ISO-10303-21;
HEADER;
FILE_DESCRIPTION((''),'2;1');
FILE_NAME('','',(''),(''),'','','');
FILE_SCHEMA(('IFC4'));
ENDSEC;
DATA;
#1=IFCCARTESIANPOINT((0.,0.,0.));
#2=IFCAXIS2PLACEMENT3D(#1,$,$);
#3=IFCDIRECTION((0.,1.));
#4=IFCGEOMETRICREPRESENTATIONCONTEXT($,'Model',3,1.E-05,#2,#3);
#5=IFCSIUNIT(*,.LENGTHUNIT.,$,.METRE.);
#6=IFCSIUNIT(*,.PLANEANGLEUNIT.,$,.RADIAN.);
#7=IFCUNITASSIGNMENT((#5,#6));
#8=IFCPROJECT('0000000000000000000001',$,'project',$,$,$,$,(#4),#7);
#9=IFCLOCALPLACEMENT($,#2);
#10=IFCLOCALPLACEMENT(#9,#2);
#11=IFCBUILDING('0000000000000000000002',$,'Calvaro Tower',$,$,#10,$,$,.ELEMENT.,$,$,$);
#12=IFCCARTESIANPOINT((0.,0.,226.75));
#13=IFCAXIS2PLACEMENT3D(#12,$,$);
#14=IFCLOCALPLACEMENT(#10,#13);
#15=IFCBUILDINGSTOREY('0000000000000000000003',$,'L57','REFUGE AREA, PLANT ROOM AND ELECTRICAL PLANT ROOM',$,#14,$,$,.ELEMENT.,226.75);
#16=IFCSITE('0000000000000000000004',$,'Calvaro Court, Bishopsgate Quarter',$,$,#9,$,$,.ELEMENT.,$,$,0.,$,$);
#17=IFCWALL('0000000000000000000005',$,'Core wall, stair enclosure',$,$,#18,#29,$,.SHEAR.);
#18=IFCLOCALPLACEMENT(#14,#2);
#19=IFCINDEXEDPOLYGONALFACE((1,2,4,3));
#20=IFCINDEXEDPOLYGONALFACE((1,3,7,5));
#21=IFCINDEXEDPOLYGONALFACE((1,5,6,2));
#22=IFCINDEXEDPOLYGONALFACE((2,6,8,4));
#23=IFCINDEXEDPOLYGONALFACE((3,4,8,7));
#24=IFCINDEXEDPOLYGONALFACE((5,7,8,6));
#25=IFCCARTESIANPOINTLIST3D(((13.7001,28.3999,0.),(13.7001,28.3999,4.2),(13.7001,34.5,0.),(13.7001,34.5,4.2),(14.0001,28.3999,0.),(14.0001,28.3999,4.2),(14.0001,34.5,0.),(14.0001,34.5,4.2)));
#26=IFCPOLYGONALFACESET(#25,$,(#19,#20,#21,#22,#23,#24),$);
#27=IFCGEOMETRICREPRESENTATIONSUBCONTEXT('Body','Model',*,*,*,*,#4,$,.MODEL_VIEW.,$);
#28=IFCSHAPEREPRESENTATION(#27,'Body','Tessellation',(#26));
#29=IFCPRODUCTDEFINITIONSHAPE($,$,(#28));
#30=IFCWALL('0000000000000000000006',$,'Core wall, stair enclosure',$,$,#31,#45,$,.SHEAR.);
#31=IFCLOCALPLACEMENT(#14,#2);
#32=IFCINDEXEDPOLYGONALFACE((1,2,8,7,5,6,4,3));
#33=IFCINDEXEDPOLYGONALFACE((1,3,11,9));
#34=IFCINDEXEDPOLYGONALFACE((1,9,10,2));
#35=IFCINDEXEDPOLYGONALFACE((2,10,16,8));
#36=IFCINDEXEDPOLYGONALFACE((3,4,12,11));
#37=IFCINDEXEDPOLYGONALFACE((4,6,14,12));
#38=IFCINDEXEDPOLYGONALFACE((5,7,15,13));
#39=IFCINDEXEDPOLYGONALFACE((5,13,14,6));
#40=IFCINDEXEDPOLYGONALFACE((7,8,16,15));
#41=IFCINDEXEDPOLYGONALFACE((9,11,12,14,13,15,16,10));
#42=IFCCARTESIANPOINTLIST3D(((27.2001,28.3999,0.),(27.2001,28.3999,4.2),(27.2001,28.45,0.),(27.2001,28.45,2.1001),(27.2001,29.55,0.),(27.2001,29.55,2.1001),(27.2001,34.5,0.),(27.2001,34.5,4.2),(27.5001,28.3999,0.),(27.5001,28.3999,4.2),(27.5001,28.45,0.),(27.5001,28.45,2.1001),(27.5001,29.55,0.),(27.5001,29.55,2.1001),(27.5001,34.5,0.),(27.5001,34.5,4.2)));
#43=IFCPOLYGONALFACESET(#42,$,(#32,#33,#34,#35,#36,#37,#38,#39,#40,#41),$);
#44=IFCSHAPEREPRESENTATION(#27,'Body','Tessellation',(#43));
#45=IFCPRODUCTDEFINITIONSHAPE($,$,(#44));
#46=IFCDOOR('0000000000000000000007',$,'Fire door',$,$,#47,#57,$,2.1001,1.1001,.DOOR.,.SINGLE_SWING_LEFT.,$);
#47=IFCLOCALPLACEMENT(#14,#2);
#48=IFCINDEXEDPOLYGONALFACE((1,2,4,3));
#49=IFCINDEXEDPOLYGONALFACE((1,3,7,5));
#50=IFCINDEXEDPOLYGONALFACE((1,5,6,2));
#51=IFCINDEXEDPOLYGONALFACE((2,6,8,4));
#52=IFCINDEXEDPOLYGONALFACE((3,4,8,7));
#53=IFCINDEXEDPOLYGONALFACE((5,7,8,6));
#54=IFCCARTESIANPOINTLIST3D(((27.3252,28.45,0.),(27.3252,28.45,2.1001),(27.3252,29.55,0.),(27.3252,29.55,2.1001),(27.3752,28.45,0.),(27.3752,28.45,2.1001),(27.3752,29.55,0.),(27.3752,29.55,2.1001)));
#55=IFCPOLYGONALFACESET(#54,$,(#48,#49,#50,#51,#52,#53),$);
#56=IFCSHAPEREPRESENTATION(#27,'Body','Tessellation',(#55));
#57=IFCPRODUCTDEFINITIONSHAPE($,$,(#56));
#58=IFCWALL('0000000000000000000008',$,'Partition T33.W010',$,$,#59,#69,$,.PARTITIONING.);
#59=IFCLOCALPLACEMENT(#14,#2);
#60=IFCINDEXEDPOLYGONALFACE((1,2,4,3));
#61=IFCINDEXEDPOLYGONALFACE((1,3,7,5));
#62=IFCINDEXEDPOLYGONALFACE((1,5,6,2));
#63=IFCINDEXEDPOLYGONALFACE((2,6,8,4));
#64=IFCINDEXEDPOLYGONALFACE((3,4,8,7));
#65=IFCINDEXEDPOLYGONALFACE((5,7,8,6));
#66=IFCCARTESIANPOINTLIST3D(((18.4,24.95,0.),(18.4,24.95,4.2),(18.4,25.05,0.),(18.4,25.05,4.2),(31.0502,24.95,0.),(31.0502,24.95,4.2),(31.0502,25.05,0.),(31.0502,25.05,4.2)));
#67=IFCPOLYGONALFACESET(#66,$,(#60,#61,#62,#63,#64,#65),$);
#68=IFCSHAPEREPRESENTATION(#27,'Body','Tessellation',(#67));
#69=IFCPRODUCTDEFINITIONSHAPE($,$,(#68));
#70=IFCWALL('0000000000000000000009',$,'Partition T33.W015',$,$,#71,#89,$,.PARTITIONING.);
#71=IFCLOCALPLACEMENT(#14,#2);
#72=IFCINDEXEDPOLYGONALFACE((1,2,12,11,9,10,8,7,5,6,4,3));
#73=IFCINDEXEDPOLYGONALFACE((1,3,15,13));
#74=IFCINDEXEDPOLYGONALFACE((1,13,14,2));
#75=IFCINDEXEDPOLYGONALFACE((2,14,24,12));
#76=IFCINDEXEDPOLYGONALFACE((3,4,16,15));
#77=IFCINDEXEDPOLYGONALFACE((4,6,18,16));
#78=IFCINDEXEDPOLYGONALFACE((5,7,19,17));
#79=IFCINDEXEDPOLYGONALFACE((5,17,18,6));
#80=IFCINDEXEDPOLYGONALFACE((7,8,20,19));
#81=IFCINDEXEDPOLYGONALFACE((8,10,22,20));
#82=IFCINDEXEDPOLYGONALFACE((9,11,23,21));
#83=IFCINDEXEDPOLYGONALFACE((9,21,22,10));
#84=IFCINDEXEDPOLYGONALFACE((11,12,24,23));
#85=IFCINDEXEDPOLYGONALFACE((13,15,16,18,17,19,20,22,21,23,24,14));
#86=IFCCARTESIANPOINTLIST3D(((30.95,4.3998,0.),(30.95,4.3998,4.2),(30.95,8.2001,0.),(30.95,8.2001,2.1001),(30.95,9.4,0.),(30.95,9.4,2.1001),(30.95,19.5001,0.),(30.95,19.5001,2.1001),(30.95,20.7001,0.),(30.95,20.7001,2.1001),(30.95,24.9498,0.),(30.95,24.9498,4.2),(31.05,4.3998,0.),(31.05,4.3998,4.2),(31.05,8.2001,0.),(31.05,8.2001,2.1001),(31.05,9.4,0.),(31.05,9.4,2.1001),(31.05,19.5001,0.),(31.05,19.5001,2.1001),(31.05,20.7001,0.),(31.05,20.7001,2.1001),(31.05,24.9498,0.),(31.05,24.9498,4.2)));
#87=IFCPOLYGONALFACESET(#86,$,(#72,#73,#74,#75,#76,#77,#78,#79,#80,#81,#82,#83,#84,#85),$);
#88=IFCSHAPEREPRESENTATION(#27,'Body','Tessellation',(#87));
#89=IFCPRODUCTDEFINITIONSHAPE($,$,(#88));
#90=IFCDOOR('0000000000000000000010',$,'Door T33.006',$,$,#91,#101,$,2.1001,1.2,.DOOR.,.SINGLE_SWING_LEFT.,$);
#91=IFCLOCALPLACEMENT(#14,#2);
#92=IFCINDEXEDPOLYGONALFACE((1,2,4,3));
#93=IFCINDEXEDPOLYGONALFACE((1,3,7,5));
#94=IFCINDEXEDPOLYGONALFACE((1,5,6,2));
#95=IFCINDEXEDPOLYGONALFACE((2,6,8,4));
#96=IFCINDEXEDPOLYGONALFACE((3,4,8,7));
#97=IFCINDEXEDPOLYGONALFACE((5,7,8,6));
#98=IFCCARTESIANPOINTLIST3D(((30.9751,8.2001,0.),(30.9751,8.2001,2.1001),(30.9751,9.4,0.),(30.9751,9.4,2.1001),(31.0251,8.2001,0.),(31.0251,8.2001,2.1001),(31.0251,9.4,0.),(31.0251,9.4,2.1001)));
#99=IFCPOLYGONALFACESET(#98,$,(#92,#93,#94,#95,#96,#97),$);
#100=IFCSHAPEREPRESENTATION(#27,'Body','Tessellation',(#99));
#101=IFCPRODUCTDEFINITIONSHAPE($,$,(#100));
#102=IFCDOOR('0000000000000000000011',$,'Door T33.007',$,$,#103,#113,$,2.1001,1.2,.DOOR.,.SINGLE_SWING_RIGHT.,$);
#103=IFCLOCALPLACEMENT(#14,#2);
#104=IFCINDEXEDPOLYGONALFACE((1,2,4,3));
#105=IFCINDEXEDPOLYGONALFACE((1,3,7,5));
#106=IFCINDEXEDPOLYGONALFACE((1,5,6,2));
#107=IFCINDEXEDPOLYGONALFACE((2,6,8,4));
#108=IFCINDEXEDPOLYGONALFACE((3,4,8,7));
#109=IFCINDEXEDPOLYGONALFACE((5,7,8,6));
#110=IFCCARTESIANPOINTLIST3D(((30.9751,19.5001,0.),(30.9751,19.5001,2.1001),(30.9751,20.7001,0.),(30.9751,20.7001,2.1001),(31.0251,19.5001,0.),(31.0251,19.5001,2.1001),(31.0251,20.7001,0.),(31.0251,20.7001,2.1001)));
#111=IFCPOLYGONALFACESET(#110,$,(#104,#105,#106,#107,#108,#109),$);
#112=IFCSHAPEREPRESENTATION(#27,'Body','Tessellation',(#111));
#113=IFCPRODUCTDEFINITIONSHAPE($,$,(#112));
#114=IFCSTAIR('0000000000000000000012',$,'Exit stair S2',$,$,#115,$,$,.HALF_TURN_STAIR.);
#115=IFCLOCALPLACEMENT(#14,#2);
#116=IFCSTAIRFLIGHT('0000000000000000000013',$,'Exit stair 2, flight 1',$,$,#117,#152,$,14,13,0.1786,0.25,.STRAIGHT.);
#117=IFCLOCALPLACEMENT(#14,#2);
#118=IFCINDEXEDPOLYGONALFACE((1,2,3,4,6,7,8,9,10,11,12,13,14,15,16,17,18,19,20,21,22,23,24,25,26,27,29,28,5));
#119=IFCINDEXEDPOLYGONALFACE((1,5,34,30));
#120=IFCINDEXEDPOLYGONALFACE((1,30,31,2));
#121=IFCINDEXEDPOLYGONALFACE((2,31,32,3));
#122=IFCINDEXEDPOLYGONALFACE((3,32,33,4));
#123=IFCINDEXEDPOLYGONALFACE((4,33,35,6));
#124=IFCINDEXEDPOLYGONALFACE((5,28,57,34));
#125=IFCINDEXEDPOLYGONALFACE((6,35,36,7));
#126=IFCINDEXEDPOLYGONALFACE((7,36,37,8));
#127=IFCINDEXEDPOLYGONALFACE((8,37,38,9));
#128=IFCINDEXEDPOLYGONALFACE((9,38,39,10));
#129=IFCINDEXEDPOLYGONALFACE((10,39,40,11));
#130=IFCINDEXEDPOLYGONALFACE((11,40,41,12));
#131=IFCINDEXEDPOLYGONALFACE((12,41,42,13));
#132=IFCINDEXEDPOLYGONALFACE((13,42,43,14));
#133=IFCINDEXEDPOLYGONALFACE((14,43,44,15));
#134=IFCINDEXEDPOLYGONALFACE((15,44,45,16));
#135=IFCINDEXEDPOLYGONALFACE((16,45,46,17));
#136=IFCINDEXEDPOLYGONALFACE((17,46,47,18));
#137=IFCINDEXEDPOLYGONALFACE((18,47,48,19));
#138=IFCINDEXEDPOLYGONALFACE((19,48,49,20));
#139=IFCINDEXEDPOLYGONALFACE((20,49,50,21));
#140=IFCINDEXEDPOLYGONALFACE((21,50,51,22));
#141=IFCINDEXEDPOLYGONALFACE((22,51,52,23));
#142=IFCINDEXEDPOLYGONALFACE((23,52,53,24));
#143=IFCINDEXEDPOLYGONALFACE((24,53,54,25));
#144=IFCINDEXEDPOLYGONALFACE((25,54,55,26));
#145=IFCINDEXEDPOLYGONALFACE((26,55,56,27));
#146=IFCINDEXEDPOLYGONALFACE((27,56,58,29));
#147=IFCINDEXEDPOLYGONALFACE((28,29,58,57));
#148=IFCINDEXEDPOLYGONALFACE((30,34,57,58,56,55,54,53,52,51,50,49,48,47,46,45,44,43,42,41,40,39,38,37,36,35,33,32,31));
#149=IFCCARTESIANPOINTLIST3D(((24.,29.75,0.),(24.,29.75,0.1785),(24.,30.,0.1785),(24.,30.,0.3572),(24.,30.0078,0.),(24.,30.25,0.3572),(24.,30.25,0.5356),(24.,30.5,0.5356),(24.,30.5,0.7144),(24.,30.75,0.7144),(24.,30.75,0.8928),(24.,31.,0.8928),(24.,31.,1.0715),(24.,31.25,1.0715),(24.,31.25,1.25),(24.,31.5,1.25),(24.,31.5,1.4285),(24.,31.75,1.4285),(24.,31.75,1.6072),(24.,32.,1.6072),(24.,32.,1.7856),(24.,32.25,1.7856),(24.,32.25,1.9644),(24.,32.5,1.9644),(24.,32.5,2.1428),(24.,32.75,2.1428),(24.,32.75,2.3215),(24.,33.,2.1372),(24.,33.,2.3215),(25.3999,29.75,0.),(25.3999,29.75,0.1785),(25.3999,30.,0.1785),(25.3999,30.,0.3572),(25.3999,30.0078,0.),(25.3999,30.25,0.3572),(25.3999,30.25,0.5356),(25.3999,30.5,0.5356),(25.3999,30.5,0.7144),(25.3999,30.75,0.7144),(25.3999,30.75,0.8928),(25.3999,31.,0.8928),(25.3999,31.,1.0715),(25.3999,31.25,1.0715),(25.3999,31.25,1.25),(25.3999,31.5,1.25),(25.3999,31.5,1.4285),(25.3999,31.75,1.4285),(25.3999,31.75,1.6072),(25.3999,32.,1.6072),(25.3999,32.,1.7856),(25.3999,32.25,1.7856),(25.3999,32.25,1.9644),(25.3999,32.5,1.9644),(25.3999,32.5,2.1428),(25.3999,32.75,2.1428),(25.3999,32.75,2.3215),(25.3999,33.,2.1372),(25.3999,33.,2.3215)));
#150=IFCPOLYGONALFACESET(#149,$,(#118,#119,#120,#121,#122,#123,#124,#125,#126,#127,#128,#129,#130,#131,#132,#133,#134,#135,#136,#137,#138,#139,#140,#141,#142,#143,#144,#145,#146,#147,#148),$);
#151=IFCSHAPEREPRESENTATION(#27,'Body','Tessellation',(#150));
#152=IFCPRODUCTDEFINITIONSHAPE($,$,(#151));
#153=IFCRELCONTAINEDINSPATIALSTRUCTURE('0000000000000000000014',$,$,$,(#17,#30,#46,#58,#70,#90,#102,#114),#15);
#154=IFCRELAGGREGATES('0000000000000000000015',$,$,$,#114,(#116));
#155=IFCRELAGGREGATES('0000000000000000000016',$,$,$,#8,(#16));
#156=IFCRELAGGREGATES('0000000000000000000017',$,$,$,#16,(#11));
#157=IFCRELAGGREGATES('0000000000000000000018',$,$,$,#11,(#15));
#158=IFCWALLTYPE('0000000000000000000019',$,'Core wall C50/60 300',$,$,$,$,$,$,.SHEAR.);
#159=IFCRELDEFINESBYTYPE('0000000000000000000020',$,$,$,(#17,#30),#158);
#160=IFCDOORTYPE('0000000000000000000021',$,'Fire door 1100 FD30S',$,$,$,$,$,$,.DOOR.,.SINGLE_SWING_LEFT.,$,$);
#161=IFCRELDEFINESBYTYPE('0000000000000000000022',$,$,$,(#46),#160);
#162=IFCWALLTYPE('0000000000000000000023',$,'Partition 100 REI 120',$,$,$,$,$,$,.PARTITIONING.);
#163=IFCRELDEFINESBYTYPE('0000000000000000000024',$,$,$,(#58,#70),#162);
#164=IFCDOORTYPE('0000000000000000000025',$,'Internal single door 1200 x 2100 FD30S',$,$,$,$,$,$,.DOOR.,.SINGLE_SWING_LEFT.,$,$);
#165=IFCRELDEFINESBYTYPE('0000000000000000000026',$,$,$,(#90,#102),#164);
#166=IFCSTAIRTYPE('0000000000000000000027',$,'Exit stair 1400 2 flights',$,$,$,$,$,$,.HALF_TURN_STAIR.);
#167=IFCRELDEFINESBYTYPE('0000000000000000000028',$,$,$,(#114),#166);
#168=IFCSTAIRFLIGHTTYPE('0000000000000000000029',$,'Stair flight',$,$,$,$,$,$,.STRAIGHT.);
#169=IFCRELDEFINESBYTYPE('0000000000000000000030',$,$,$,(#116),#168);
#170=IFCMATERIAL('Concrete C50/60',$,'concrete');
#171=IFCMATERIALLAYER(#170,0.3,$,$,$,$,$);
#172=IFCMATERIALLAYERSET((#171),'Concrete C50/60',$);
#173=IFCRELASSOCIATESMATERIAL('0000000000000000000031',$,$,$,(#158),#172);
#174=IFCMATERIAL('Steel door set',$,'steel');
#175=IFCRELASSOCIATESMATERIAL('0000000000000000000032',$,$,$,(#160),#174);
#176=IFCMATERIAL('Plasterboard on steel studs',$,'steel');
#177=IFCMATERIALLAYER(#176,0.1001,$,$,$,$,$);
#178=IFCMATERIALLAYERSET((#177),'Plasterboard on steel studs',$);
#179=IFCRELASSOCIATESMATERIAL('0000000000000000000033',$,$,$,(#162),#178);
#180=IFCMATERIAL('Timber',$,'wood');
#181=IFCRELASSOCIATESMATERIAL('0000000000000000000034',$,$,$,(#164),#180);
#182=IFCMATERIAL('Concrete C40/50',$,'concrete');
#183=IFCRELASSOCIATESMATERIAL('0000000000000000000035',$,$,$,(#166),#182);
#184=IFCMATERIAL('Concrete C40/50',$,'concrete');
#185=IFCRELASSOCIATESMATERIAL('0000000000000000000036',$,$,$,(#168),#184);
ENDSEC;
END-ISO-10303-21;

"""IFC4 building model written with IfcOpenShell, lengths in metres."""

from ifc_helpers import new_model, si_unit, direction, frame, frame_2d, origin, place, context, subcontext, project, spatial, polyline, rectangle, outline, extrude, material, layer, layer_set, type_object, element, fill, aggregate, save


model = new_model("IFC4")

# Units and contexts
model_context = context("Model", 3, precision=1e-05, world=origin(), true_north=direction((0.0, 1.0)))
body_context = subcontext(model_context, "Body", "Model", "MODEL_VIEW")
ifc_project = project(units=[si_unit("LENGTHUNIT", "METRE"), si_unit("PLANEANGLEUNIT", "RADIAN")], contexts=[model_context])

# Site, building, storey
site_placement = place(None, origin())
site = spatial("IfcSite", under=ifc_project, at=site_placement, Name="Calvaro Court, Bishopsgate Quarter", CompositionType="ELEMENT", RefElevation=0.0)
building_placement = place(site_placement, origin())
building = spatial("IfcBuilding", under=site, at=building_placement, Name="Calvaro Tower", CompositionType="ELEMENT")
storey_placement = place(building_placement, frame((0.0, 0.0, 226.75)))
storey = spatial("IfcBuildingStorey", under=building, at=storey_placement, Name="L57", Description="REFUGE AREA, PLANT ROOM AND ELECTRICAL PLANT ROOM", CompositionType="ELEMENT", Elevation=226.75)

# Wall
ifc_material_1 = material(Name="Concrete C50/60", Category="concrete")
ifc_layer_1 = layer(ifc_material_1, 0.3)
ifc_layer_set_1 = layer_set([ifc_layer_1], Name="Concrete C50/60")
wall_type_1 = type_object("IfcWallType", Name="Core wall C50/60 300", PredefinedType="SHEAR", material=ifc_layer_set_1)
wall_1_placement = place(storey_placement, frame((13.8501, 28.3999, 0.0), z_axis=(0.0, 0.0, 1.0), x_axis=(0.0, 1.0, 0.0)))
element("IfcWall", 1, at=wall_1_placement, inside=storey, type_object=wall_type_1, Name="Core wall, stair enclosure", PredefinedType="SHEAR", context=body_context, shape_type="SweptSolid", body=[
    extrude(rectangle(XDim=6.1001, YDim=0.3, at=frame_2d((3.05, 0.0))), origin(), (0.0, 0.0, 1.0), 4.2),
])

# Wall, opening, door
wall_2_placement = place(storey_placement, frame((27.3501, 28.3999, 0.0), z_axis=(0.0, 0.0, 1.0), x_axis=(0.0, 1.0, 0.0)))
wall_2 = element("IfcWall", 2, at=wall_2_placement, inside=storey, type_object=wall_type_1, Name="Core wall, stair enclosure", PredefinedType="SHEAR", context=body_context, shape_type="SweptSolid", body=[
    extrude(rectangle(XDim=6.1001, YDim=0.3, at=frame_2d((3.05, 0.0))), origin(), (0.0, 0.0, 1.0), 4.2),
])
opening_1_placement = place(wall_2_placement, frame((0.05, 0.0, 0.0)))
opening_1 = element("IfcOpeningElement", 3, at=opening_1_placement, cuts=wall_2, PredefinedType="OPENING", context=body_context, shape_type="SweptSolid", body=[
    extrude(rectangle(XDim=1.1001, YDim=2.1001, at=frame_2d((0.55, 1.05))), frame((0.0, 0.1599, 0.0), z_axis=(0.0, -1.0, 0.0), x_axis=(1.0, 0.0, 0.0)), (0.0, 0.0, 1.0), 0.3201),
])
ifc_material_2 = material(Name="Steel door set", Category="steel")
door_type_1 = type_object("IfcDoorType", Name="Fire door 1100 FD30S", OperationType="SINGLE_SWING_LEFT", PredefinedType="DOOR", material=ifc_material_2)
door_1_placement = place(opening_1_placement, origin())
door_1 = element("IfcDoor", 4, at=door_1_placement, inside=storey, type_object=door_type_1, Name="Fire door", OperationType="SINGLE_SWING_LEFT", OverallHeight=2.1001, OverallWidth=1.1001, PredefinedType="DOOR", context=body_context, shape_type="SweptSolid", body=[
    extrude(rectangle(XDim=1.1001, YDim=2.1001, at=frame_2d((0.55, 1.05))), frame((0.0, 0.0249, 0.0), z_axis=(0.0, -1.0, 0.0), x_axis=(1.0, 0.0, 0.0)), (0.0, 0.0, 1.0), 0.05),
])
fill(opening_1, door_1)

# Wall
ifc_material_3 = material(Name="Plasterboard on steel studs", Category="steel")
ifc_layer_2 = layer(ifc_material_3, 0.1001)
ifc_layer_set_2 = layer_set([ifc_layer_2], Name="Plasterboard on steel studs")
wall_type_2 = type_object("IfcWallType", Name="Partition 100 REI 120", PredefinedType="PARTITIONING", material=ifc_layer_set_2)
wall_3_placement = place(storey_placement, frame((18.3999, 25.0, 0.0), z_axis=(0.0, 0.0, 1.0), x_axis=(1.0, 0.0, 0.0)))
element("IfcWall", 5, at=wall_3_placement, inside=storey, type_object=wall_type_2, Name="Partition T33.W010", PredefinedType="PARTITIONING", context=body_context, shape_type="SweptSolid", body=[
    extrude(rectangle(XDim=12.6501, YDim=0.1001, at=frame_2d((6.3252, 0.0))), origin(), (0.0, 0.0, 1.0), 4.2),
])

# Wall, openings, doors
wall_4_placement = place(storey_placement, frame((31.0, 4.3999, 0.0), z_axis=(0.0, 0.0, 1.0), x_axis=(0.0, 1.0, 0.0)))
wall_4 = element("IfcWall", 6, at=wall_4_placement, inside=storey, type_object=wall_type_2, Name="Partition T33.W015", PredefinedType="PARTITIONING", context=body_context, shape_type="SweptSolid", body=[
    extrude(rectangle(XDim=20.55, YDim=0.1001, at=frame_2d((10.2749, 0.0))), origin(), (0.0, 0.0, 1.0), 4.2),
])
opening_2_placement = place(wall_4_placement, frame((3.8, 0.0, 0.0)))
opening_2 = element("IfcOpeningElement", 7, at=opening_2_placement, cuts=wall_4, PredefinedType="OPENING", context=body_context, shape_type="SweptSolid", body=[
    extrude(rectangle(XDim=1.2, YDim=2.1001, at=frame_2d((0.6001, 1.05))), frame((0.0, 0.0601, 0.0), z_axis=(0.0, -1.0, 0.0), x_axis=(1.0, 0.0, 0.0)), (0.0, 0.0, 1.0), 0.1201),
])
opening_3_placement = place(wall_4_placement, frame((15.1001, 0.0, 0.0)))
opening_3 = element("IfcOpeningElement", 8, at=opening_3_placement, cuts=wall_4, PredefinedType="OPENING", context=body_context, shape_type="SweptSolid", body=[
    extrude(rectangle(XDim=1.2, YDim=2.1001, at=frame_2d((0.6001, 1.05))), frame((0.0, 0.0601, 0.0), z_axis=(0.0, -1.0, 0.0), x_axis=(1.0, 0.0, 0.0)), (0.0, 0.0, 1.0), 0.1201),
])
ifc_material_4 = material(Name="Timber", Category="wood")
door_type_2 = type_object("IfcDoorType", Name="Internal single door 1200 x 2100 FD30S", OperationType="SINGLE_SWING_LEFT", PredefinedType="DOOR", material=ifc_material_4)
door_2_placement = place(opening_2_placement, origin())
door_2 = element("IfcDoor", 9, at=door_2_placement, inside=storey, type_object=door_type_2, Name="Door T33.006", OperationType="SINGLE_SWING_LEFT", OverallHeight=2.1001, OverallWidth=1.2, PredefinedType="DOOR", context=body_context, shape_type="SweptSolid", body=[
    extrude(rectangle(XDim=1.2, YDim=2.1001, at=frame_2d((0.6001, 1.05))), frame((0.0, 0.0249, 0.0), z_axis=(0.0, -1.0, 0.0), x_axis=(1.0, 0.0, 0.0)), (0.0, 0.0, 1.0), 0.05),
])
fill(opening_2, door_2)
door_3_placement = place(opening_3_placement, origin())
door_3 = element("IfcDoor", 10, at=door_3_placement, inside=storey, type_object=door_type_2, Name="Door T33.007", OperationType="SINGLE_SWING_RIGHT", OverallHeight=2.1001, OverallWidth=1.2, PredefinedType="DOOR", context=body_context, shape_type="SweptSolid", body=[
    extrude(rectangle(XDim=1.2, YDim=2.1001, at=frame_2d((0.6001, 1.05))), frame((0.0, 0.0249, 0.0), z_axis=(0.0, -1.0, 0.0), x_axis=(1.0, 0.0, 0.0)), (0.0, 0.0, 1.0), 0.05),
])
fill(opening_3, door_3)

# Stair, stair flight
ifc_material_5 = material(Name="Concrete C40/50", Category="concrete")
stair_type = type_object("IfcStairType", Name="Exit stair 1400 2 flights", PredefinedType="HALF_TURN_STAIR", material=ifc_material_5)
stair_1_placement = place(storey_placement, origin())
stair_1 = element("IfcStair", 11, at=stair_1_placement, inside=storey, type_object=stair_type, Name="Exit stair S2", PredefinedType="HALF_TURN_STAIR")
ifc_material_6 = material(Name="Concrete C40/50", Category="concrete")
stair_flight_type = type_object("IfcStairFlightType", Name="Stair flight", PredefinedType="STRAIGHT", material=ifc_material_6)
stair_flight_placement = place(storey_placement, frame((24.7, 29.75, 0.0), z_axis=(0.0, 0.0, 1.0), x_axis=(0.0, 1.0, 0.0)))
stair_flight = element("IfcStairFlight", 12, at=stair_flight_placement, type_object=stair_flight_type, Name="Exit stair 2, flight 1", NumberOfRisers=14, NumberOfTreads=13, PredefinedType="STRAIGHT", RiserHeight=0.1786, TreadLength=0.25, context=body_context, shape_type="SweptSolid", body=[
    extrude(outline(polyline([(0.0, 0.0), (0.0, 0.1785), (0.25, 0.1785), (0.25, 0.3572), (0.5, 0.3572), (0.5, 0.5356), (0.75, 0.5356), (0.75, 0.7144), (1.0, 0.7144), (1.0, 0.8928), (1.25, 0.8928), (1.25, 1.0715), (1.5, 1.0715), (1.5, 1.25), (1.75, 1.25), (1.75, 1.4285), (2.0, 1.4285), (2.0, 1.6072), (2.25, 1.6072), (2.25, 1.7856), (2.5, 1.7856), (2.5, 1.9644), (2.75, 1.9644), (2.75, 2.1428), (3.0, 2.1428), (3.0, 2.3215), (3.25, 2.3215), (3.25, 2.5), (3.25, 2.1372), (0.2578, 0.0), (0.0, 0.0)])), frame((0.0, 0.7, 0.0), z_axis=(0.0, -1.0, 0.0), x_axis=(1.0, 0.0, 0.0)), (0.0, 0.0, 1.0), 1.3999),
])

aggregate(stair_1, [stair_flight])

save(model, "model.ifc")
